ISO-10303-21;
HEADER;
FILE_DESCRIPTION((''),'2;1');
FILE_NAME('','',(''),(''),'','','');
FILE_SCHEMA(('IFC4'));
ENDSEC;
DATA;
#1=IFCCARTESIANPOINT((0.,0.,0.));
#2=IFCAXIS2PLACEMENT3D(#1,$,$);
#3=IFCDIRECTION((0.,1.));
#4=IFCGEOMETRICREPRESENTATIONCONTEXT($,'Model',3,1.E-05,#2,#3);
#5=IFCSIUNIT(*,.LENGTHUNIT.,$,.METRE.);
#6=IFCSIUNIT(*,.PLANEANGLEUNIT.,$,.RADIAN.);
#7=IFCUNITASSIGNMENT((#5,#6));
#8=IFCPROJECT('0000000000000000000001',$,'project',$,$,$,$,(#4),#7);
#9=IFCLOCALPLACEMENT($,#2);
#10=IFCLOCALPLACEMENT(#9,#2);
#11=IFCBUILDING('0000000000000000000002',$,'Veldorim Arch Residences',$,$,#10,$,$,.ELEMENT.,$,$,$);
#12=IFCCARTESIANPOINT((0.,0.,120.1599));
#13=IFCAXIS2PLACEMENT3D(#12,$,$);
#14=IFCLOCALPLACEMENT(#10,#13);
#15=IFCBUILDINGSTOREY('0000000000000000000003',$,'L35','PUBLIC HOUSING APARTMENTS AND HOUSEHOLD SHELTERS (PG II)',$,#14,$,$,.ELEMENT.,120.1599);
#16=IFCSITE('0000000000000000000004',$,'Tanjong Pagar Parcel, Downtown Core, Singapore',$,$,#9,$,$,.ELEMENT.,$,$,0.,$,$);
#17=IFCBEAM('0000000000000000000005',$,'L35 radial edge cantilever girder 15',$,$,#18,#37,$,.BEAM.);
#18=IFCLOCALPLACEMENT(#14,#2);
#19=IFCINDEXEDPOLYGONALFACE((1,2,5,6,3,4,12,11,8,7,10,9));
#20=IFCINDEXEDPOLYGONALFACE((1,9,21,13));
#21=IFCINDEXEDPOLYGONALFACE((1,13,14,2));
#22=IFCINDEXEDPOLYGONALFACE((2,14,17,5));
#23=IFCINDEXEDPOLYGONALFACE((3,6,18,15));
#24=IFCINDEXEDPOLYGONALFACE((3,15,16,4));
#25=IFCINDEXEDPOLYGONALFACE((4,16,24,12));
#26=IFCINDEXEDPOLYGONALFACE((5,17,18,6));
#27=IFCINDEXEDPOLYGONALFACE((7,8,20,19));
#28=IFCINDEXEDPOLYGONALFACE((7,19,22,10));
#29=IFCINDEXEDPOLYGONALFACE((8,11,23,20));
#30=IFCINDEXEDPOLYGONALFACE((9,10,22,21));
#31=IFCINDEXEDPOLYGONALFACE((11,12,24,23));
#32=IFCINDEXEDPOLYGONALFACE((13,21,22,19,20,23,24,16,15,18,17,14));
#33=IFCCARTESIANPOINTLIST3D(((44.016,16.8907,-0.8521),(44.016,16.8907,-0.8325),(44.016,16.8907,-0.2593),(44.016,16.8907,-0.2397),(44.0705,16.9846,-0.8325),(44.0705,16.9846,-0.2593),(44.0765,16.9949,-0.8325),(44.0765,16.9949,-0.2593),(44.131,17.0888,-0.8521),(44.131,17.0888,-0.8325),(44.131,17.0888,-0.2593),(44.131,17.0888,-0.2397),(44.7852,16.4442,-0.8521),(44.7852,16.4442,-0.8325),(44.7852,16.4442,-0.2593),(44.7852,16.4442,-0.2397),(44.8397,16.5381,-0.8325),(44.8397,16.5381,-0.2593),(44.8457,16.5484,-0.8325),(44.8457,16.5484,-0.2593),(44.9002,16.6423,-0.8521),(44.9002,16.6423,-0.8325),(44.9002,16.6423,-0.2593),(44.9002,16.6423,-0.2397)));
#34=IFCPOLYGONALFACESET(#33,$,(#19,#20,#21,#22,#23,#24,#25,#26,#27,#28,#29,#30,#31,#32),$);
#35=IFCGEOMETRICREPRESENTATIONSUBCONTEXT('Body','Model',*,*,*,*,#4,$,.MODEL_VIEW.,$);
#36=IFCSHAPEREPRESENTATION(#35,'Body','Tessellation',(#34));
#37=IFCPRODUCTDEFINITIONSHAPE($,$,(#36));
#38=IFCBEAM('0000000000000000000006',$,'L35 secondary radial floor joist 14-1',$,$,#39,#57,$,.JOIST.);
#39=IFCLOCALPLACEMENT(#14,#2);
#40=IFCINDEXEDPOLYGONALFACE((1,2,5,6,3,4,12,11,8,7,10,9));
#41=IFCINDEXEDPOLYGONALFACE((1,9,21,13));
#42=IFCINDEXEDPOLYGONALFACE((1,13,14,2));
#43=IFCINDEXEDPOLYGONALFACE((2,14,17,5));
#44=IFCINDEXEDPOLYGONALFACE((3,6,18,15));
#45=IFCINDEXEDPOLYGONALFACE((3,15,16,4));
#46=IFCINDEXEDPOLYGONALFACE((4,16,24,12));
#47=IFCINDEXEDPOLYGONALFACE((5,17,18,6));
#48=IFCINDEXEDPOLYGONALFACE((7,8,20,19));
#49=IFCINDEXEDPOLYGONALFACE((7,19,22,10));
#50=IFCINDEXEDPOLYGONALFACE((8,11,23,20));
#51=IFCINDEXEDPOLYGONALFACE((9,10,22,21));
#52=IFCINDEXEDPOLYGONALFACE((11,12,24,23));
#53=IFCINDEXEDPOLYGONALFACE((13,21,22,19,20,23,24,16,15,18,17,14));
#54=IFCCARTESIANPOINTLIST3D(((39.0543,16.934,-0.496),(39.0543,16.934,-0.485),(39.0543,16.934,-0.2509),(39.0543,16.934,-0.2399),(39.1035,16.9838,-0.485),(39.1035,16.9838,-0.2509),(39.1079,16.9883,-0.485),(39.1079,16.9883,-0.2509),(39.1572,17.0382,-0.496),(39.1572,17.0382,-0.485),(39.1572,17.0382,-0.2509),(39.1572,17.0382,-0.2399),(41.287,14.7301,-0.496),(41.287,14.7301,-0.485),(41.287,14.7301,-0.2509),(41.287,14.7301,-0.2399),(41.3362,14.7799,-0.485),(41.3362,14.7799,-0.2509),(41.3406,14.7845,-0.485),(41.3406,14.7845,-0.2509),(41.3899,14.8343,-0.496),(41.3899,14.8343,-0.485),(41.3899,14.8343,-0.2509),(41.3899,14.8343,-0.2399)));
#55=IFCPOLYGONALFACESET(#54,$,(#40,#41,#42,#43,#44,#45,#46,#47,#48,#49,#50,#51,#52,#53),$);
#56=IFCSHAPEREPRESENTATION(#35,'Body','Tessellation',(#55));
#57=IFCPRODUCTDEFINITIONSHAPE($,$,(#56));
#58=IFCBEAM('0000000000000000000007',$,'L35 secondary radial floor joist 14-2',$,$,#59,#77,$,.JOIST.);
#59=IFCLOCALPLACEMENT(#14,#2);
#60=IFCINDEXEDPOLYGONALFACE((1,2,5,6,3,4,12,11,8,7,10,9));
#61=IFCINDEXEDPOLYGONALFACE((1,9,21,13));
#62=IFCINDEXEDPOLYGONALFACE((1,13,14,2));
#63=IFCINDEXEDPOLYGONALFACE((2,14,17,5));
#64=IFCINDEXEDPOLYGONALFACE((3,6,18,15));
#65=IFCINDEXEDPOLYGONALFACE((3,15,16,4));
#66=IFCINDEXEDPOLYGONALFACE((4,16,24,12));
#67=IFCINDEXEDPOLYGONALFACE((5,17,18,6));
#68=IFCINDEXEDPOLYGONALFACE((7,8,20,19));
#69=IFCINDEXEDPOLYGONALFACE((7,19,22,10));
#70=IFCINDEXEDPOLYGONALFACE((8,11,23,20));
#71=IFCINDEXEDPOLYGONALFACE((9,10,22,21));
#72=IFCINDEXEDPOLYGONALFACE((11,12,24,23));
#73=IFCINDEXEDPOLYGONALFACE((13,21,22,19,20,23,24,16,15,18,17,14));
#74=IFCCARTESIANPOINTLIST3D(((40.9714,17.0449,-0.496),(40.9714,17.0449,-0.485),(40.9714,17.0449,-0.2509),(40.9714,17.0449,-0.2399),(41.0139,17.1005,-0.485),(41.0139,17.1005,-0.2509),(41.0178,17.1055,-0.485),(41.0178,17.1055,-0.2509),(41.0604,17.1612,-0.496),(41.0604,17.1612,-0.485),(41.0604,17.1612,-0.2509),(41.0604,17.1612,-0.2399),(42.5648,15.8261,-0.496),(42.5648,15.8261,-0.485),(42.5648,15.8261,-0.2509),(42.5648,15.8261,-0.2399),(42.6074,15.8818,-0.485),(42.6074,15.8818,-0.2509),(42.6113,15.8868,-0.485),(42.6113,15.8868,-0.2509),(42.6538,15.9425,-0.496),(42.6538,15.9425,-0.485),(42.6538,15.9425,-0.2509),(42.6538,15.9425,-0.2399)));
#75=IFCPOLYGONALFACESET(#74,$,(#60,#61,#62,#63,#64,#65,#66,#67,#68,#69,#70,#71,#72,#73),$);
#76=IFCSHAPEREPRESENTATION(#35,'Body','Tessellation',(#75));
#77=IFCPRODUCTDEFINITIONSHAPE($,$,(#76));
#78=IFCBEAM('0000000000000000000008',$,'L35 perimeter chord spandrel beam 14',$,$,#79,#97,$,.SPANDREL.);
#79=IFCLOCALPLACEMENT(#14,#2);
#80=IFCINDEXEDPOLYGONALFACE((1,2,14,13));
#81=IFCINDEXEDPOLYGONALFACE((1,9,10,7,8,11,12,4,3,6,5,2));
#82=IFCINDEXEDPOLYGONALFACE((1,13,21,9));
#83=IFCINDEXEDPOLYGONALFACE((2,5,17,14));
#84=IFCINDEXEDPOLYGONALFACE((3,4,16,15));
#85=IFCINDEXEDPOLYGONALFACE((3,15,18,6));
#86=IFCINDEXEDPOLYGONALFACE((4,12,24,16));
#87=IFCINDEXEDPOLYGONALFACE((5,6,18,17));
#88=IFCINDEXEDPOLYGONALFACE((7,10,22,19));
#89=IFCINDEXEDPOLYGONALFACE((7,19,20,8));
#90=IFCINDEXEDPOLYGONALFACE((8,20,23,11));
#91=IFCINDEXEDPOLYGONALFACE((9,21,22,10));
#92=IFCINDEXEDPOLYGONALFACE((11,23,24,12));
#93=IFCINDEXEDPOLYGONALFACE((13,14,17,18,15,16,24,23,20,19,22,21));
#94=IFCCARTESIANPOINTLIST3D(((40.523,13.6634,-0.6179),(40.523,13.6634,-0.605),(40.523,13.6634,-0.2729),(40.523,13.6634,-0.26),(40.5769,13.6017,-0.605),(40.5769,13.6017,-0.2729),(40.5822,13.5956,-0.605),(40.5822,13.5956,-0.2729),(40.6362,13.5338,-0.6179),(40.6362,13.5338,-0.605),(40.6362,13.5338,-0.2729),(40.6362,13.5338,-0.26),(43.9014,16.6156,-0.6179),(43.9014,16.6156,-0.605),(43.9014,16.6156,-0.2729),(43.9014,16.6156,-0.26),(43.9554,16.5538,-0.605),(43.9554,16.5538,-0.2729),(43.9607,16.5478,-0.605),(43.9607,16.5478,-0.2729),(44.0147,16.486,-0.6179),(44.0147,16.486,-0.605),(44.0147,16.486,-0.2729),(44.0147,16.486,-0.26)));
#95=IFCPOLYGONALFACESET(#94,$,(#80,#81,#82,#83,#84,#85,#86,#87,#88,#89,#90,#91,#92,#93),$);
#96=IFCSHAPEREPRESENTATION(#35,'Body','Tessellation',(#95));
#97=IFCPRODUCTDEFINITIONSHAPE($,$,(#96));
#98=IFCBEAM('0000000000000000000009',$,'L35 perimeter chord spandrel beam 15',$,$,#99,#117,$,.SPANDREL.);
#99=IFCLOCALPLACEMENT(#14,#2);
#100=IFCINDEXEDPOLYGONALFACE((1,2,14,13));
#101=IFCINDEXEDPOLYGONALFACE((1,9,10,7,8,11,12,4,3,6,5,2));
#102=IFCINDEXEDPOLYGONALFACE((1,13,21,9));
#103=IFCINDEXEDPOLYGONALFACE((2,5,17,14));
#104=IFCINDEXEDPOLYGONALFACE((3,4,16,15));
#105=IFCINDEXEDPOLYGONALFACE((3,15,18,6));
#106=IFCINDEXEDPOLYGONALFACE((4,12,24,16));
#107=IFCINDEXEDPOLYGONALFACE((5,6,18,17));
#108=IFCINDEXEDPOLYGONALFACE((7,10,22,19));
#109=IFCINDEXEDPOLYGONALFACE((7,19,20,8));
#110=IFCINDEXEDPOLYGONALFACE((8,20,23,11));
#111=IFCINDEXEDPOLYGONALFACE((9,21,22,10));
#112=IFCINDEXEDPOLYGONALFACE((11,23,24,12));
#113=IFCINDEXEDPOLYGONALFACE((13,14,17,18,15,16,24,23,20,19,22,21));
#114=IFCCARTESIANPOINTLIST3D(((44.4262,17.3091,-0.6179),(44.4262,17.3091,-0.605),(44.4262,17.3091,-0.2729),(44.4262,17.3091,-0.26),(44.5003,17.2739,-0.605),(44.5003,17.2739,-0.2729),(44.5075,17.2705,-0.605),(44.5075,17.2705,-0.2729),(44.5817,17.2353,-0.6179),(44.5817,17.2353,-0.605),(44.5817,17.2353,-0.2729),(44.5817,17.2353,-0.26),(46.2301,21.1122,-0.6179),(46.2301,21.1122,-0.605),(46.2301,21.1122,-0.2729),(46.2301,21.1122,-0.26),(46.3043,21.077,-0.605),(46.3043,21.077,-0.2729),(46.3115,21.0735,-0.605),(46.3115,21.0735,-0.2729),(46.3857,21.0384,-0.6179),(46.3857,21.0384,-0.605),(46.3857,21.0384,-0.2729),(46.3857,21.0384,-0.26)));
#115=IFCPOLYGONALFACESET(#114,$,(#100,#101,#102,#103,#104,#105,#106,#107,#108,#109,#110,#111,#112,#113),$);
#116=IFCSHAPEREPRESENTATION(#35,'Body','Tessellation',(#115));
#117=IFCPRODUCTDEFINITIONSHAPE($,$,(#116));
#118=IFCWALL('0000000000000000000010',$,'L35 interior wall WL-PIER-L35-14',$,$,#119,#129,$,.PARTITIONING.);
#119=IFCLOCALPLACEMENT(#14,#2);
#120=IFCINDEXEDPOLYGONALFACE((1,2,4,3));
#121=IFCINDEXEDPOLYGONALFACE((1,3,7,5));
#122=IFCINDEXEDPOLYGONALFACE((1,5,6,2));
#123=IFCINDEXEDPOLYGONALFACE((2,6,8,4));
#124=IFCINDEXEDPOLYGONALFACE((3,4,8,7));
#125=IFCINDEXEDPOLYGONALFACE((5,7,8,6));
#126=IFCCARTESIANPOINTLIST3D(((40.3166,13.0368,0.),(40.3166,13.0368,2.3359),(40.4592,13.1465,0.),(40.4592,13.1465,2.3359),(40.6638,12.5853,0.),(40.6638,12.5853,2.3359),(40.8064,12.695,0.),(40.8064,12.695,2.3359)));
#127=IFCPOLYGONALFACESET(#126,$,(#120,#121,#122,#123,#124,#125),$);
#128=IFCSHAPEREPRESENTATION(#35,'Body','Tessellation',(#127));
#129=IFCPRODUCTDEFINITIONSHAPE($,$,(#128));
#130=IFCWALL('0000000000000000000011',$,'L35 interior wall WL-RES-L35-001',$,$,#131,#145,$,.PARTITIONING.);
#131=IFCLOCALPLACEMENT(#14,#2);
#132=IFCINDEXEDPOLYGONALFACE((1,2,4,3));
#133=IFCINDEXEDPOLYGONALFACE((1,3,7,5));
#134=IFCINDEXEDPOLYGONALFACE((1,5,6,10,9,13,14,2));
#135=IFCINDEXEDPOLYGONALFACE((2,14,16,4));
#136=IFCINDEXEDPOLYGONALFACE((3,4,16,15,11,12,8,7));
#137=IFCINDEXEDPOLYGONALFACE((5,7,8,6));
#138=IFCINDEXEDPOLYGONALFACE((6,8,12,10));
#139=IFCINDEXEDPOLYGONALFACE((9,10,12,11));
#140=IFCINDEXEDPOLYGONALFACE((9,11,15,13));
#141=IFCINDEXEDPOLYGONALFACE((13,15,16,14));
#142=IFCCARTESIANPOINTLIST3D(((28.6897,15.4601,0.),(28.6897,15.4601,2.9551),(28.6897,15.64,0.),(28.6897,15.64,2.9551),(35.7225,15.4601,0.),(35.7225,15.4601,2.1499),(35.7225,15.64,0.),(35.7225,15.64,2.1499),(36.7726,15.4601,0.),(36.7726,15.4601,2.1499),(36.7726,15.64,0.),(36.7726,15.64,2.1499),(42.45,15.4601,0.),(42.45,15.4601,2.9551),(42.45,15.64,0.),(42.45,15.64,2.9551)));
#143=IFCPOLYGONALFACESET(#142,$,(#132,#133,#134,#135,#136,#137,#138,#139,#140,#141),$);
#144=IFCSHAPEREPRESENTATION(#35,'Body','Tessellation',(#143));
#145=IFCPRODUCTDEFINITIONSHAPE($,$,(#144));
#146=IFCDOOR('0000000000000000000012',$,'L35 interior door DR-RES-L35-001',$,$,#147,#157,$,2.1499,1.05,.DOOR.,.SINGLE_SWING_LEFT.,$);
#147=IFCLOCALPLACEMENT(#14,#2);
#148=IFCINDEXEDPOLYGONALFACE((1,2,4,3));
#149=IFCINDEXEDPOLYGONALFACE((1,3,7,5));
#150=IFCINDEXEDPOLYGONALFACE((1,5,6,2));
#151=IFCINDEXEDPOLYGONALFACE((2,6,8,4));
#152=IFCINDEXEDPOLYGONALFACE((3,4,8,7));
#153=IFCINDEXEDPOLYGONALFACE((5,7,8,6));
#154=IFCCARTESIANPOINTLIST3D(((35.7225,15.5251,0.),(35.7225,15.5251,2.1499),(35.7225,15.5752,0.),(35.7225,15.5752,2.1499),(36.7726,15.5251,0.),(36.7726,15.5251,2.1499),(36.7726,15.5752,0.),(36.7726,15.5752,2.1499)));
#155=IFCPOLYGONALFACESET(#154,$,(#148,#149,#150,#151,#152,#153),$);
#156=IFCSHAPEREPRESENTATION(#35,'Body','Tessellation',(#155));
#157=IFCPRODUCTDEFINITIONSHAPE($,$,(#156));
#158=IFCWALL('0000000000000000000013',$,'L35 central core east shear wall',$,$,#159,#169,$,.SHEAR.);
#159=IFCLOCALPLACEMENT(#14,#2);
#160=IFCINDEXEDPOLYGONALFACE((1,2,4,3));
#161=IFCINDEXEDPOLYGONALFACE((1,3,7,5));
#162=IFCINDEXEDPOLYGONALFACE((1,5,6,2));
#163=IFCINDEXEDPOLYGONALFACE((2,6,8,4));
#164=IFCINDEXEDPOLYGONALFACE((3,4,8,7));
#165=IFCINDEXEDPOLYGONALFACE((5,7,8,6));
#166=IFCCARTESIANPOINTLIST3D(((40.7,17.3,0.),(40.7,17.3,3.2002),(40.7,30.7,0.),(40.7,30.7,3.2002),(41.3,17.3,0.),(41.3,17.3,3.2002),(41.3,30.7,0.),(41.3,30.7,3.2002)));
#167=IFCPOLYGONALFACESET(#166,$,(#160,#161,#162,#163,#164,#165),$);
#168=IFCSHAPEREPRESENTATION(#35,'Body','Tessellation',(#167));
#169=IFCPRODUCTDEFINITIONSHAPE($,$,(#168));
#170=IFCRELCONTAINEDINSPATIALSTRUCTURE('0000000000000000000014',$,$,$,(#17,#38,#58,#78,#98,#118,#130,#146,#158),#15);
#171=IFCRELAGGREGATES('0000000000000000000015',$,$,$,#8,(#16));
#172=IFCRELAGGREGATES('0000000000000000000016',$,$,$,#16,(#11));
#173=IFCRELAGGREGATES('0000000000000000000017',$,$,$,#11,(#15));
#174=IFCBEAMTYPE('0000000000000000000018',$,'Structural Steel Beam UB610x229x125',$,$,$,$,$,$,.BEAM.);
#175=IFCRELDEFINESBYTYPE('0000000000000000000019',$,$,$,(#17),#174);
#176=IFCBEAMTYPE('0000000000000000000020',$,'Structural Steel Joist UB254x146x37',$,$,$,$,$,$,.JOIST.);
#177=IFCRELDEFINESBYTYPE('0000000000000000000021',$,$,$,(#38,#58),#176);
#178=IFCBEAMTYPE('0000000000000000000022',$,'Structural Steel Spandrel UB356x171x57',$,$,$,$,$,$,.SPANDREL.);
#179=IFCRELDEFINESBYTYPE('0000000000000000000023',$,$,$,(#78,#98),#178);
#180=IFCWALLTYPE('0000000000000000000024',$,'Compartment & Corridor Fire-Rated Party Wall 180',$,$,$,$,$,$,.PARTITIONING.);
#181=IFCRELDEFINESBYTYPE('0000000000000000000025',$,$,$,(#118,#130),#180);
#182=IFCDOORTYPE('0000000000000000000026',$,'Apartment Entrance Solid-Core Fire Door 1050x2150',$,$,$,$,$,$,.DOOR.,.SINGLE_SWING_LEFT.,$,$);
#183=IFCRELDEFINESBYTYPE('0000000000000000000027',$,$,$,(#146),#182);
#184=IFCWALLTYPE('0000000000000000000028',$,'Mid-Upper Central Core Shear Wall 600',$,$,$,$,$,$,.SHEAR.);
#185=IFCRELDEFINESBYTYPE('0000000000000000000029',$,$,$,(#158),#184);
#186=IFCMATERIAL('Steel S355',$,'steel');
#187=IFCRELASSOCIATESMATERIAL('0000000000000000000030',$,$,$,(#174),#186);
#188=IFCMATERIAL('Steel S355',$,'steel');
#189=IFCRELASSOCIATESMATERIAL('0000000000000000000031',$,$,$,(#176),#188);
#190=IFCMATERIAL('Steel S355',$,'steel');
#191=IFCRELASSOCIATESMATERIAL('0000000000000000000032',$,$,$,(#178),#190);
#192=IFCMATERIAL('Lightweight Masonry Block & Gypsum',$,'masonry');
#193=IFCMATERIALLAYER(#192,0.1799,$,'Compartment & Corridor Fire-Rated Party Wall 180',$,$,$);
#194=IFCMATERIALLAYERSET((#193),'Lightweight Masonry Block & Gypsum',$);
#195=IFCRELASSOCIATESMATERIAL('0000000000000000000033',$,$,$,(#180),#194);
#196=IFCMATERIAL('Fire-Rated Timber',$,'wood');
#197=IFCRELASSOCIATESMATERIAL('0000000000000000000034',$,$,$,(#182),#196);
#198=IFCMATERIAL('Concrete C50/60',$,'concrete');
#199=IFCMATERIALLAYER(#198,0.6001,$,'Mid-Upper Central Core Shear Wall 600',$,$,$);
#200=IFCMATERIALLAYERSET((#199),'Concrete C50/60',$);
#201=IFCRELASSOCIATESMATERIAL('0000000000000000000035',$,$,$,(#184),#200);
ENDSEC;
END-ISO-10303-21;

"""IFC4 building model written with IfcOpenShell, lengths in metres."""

from ifc_helpers import new_model, si_unit, direction, frame, frame_2d, origin, origin_2d, place, context, subcontext, project, spatial, rectangle, i_section, extrude, material, layer, layer_set, material_profile, profile_set, type_object, element, fill, save


model = new_model("IFC4")

# Units and contexts
model_context = context("Model", 3, precision=1e-05, world=origin(), true_north=direction((0.0, 1.0)))
body_context = subcontext(model_context, "Body", "Model", "MODEL_VIEW")
ifc_project = project(units=[si_unit("LENGTHUNIT", "METRE"), si_unit("PLANEANGLEUNIT", "RADIAN")], contexts=[model_context])

# Site, building, storey
site_placement = place(None, origin())
site = spatial("IfcSite", under=ifc_project, at=site_placement, Name="Tanjong Pagar Parcel, Downtown Core, Singapore", CompositionType="ELEMENT", RefElevation=0.0)
building_placement = place(site_placement, origin())
building = spatial("IfcBuilding", under=site, at=building_placement, Name="Veldorim Arch Residences", CompositionType="ELEMENT")
storey_placement = place(building_placement, frame((0.0, 0.0, 120.1599)))
storey = spatial("IfcBuildingStorey", under=building, at=storey_placement, Name="L35", Description="PUBLIC HOUSING APARTMENTS AND HOUSEHOLD SHELTERS (PG II)", CompositionType="ELEMENT", Elevation=120.1599)

# Beams
ifc_material_1 = material(Name="Steel S355", Category="steel")
ifc_material_profile_1 = material_profile(ifc_material_1, i_section(OverallWidth=0.229, OverallDepth=0.6123, WebThickness=0.012, FlangeThickness=0.0195, at=origin_2d()), Name="UB610x229x125")
ifc_profile_set_1 = profile_set([ifc_material_profile_1], Name="Steel S355")
beam_type_1 = type_object("IfcBeamType", Name="Structural Steel Beam UB610x229x125", PredefinedType="BEAM", material=ifc_profile_set_1)
beam_1_placement = place(storey_placement, frame((44.0735, 16.9897, -0.5459), z_axis=(0.864862, -0.50201, 0.0), x_axis=(0.50201, 0.864862, 0.0)))
element("IfcBeam", 1, at=beam_1_placement, inside=storey, type_object=beam_type_1, Name="L35 radial edge cantilever girder 15", PredefinedType="BEAM", context=body_context, shape_type="SweptSolid", body=[
    extrude(i_section(OverallWidth=0.229, OverallDepth=0.6123, WebThickness=0.012, FlangeThickness=0.0195, at=origin_2d()), origin(), (0.0, 0.0, 1.0), 0.8894),
])
ifc_material_2 = material(Name="Steel S355", Category="steel")
ifc_material_profile_2 = material_profile(ifc_material_2, i_section(OverallWidth=0.1465, OverallDepth=0.2561, WebThickness=0.0063, FlangeThickness=0.011, at=origin_2d()), Name="UB254x146x37")
ifc_profile_set_2 = profile_set([ifc_material_profile_2], Name="Steel S355")
beam_type_2 = type_object("IfcBeamType", Name="Structural Steel Joist UB254x146x37", PredefinedType="JOIST", material=ifc_profile_set_2)
beam_2_placement = place(storey_placement, frame((39.1057, 16.9861, -0.3679), z_axis=(0.711683, -0.7025, 0.0), x_axis=(0.7025, 0.711683, 0.0)))
element("IfcBeam", 2, at=beam_2_placement, inside=storey, type_object=beam_type_2, Name="L35 secondary radial floor joist 14-1", PredefinedType="JOIST", context=body_context, shape_type="SweptSolid", body=[
    extrude(i_section(OverallWidth=0.1465, OverallDepth=0.2561, WebThickness=0.0063, FlangeThickness=0.011, at=origin_2d()), origin(), (0.0, 0.0, 1.0), 3.1372),
])
beam_3_placement = place(storey_placement, frame((41.0159, 17.103, -0.3679), z_axis=(0.794313, -0.607509, 0.0), x_axis=(0.607509, 0.794313, 0.0)))
element("IfcBeam", 3, at=beam_3_placement, inside=storey, type_object=beam_type_2, Name="L35 secondary radial floor joist 14-2", PredefinedType="JOIST", context=body_context, shape_type="SweptSolid", body=[
    extrude(i_section(OverallWidth=0.1465, OverallDepth=0.2561, WebThickness=0.0063, FlangeThickness=0.011, at=origin_2d()), origin(), (0.0, 0.0, 1.0), 2.0061),
])
ifc_material_3 = material(Name="Steel S355", Category="steel")
ifc_material_profile_3 = material_profile(ifc_material_3, i_section(OverallWidth=0.1721, OverallDepth=0.3579, WebThickness=0.0081, FlangeThickness=0.0129, at=origin_2d()), Name="UB356x171x57")
ifc_profile_set_3 = profile_set([ifc_material_profile_3], Name="Steel S355")
beam_type_3 = type_object("IfcBeamType", Name="Structural Steel Spandrel UB356x171x57", PredefinedType="SPANDREL", material=ifc_profile_set_3)
beam_4_placement = place(storey_placement, frame((40.5796, 13.5986, -0.439), z_axis=(0.753015, 0.658004, 0.0), x_axis=(-0.658004, 0.753015, 0.0)))
element("IfcBeam", 4, at=beam_4_placement, inside=storey, type_object=beam_type_3, Name="L35 perimeter chord spandrel beam 14", PredefinedType="SPANDREL", context=body_context, shape_type="SweptSolid", body=[
    extrude(i_section(OverallWidth=0.1721, OverallDepth=0.3579, WebThickness=0.0081, FlangeThickness=0.0129, at=origin_2d()), origin(), (0.0, 0.0, 1.0), 4.4866),
])
beam_5_placement = place(storey_placement, frame((44.5039, 17.2722, -0.439), z_axis=(0.42858, 0.903504, 0.0), x_axis=(-0.903504, 0.42858, 0.0)))
element("IfcBeam", 5, at=beam_5_placement, inside=storey, type_object=beam_type_3, Name="L35 perimeter chord spandrel beam 15", PredefinedType="SPANDREL", context=body_context, shape_type="SweptSolid", body=[
    extrude(i_section(OverallWidth=0.1721, OverallDepth=0.3579, WebThickness=0.0081, FlangeThickness=0.0129, at=origin_2d()), origin(), (0.0, 0.0, 1.0), 4.2092),
])

# Wall
ifc_material_4 = material(Name="Lightweight Masonry Block & Gypsum", Category="masonry")
ifc_layer_1 = layer(ifc_material_4, 0.1799, Name="Compartment & Corridor Fire-Rated Party Wall 180")
ifc_layer_set_1 = layer_set([ifc_layer_1], Name="Lightweight Masonry Block & Gypsum")
wall_type_1 = type_object("IfcWallType", Name="Compartment & Corridor Fire-Rated Party Wall 180", PredefinedType="PARTITIONING", material=ifc_layer_set_1)
wall_1_placement = place(storey_placement, frame((40.3879, 13.0916, 0.0), z_axis=(0.0, 0.0, 1.0), x_axis=(0.609628, -0.792688, 0.0)))
element("IfcWall", 6, at=wall_1_placement, inside=storey, type_object=wall_type_1, Name="L35 interior wall WL-PIER-L35-14", PredefinedType="PARTITIONING", context=body_context, shape_type="SweptSolid", body=[
    extrude(rectangle(XDim=0.5696, YDim=0.1799, at=frame_2d((0.2847, 0.0))), origin(), (0.0, 0.0, 1.0), 2.3359),
])

# Wall, opening, door
wall_2_placement = place(storey_placement, frame((42.45, 15.55, 0.0), z_axis=(0.0, 0.0, 1.0), x_axis=(-1.0, 0.0, 0.0)))
wall_2 = element("IfcWall", 7, at=wall_2_placement, inside=storey, type_object=wall_type_1, Name="L35 interior wall WL-RES-L35-001", PredefinedType="PARTITIONING", context=body_context, shape_type="SweptSolid", body=[
    extrude(rectangle(XDim=13.7603, YDim=0.1799, at=frame_2d((6.8801, 0.0))), origin(), (0.0, 0.0, 1.0), 2.9551),
])
opening_1_placement = place(wall_2_placement, frame((5.6775, 0.0, 0.0)))
opening_1 = element("IfcOpeningElement", 8, at=opening_1_placement, cuts=wall_2, PredefinedType="OPENING", context=body_context, shape_type="SweptSolid", body=[
    extrude(rectangle(XDim=1.05, YDim=2.1499, at=frame_2d((0.5249, 1.075))), frame((0.0, 0.0999, 0.0), z_axis=(0.0, -1.0, 0.0), x_axis=(1.0, 0.0, 0.0)), (0.0, 0.0, 1.0), 0.2),
])
ifc_material_5 = material(Name="Fire-Rated Timber", Category="wood")
door_type_1 = type_object("IfcDoorType", Name="Apartment Entrance Solid-Core Fire Door 1050x2150", OperationType="SINGLE_SWING_LEFT", PredefinedType="DOOR", material=ifc_material_5)
door_1_placement = place(opening_1_placement, origin())
door_1 = element("IfcDoor", 9, at=door_1_placement, inside=storey, type_object=door_type_1, Name="L35 interior door DR-RES-L35-001", OperationType="SINGLE_SWING_LEFT", OverallHeight=2.1499, OverallWidth=1.05, PredefinedType="DOOR", context=body_context, shape_type="SweptSolid", body=[
    extrude(rectangle(XDim=1.05, YDim=2.1499, at=frame_2d((0.5249, 1.075))), frame((0.0, 0.0249, 0.0), z_axis=(0.0, -1.0, 0.0), x_axis=(1.0, 0.0, 0.0)), (0.0, 0.0, 1.0), 0.05),
])
fill(opening_1, door_1)

# Wall
ifc_material_6 = material(Name="Concrete C50/60", Category="concrete")
ifc_layer_2 = layer(ifc_material_6, 0.6001, Name="Mid-Upper Central Core Shear Wall 600")
ifc_layer_set_2 = layer_set([ifc_layer_2], Name="Concrete C50/60")
wall_type_2 = type_object("IfcWallType", Name="Mid-Upper Central Core Shear Wall 600", PredefinedType="SHEAR", material=ifc_layer_set_2)
wall_3_placement = place(storey_placement, frame((41.0, 17.3, 0.0), z_axis=(0.0, 0.0, 1.0), x_axis=(0.0, 1.0, 0.0)))
element("IfcWall", 10, at=wall_3_placement, inside=storey, type_object=wall_type_2, Name="L35 central core east shear wall", PredefinedType="SHEAR", context=body_context, shape_type="SweptSolid", body=[
    extrude(rectangle(XDim=13.3999, YDim=0.6001, at=frame_2d((6.7, 0.0))), origin(), (0.0, 0.0, 1.0), 3.2002),
])

save(model, "model.ifc")
